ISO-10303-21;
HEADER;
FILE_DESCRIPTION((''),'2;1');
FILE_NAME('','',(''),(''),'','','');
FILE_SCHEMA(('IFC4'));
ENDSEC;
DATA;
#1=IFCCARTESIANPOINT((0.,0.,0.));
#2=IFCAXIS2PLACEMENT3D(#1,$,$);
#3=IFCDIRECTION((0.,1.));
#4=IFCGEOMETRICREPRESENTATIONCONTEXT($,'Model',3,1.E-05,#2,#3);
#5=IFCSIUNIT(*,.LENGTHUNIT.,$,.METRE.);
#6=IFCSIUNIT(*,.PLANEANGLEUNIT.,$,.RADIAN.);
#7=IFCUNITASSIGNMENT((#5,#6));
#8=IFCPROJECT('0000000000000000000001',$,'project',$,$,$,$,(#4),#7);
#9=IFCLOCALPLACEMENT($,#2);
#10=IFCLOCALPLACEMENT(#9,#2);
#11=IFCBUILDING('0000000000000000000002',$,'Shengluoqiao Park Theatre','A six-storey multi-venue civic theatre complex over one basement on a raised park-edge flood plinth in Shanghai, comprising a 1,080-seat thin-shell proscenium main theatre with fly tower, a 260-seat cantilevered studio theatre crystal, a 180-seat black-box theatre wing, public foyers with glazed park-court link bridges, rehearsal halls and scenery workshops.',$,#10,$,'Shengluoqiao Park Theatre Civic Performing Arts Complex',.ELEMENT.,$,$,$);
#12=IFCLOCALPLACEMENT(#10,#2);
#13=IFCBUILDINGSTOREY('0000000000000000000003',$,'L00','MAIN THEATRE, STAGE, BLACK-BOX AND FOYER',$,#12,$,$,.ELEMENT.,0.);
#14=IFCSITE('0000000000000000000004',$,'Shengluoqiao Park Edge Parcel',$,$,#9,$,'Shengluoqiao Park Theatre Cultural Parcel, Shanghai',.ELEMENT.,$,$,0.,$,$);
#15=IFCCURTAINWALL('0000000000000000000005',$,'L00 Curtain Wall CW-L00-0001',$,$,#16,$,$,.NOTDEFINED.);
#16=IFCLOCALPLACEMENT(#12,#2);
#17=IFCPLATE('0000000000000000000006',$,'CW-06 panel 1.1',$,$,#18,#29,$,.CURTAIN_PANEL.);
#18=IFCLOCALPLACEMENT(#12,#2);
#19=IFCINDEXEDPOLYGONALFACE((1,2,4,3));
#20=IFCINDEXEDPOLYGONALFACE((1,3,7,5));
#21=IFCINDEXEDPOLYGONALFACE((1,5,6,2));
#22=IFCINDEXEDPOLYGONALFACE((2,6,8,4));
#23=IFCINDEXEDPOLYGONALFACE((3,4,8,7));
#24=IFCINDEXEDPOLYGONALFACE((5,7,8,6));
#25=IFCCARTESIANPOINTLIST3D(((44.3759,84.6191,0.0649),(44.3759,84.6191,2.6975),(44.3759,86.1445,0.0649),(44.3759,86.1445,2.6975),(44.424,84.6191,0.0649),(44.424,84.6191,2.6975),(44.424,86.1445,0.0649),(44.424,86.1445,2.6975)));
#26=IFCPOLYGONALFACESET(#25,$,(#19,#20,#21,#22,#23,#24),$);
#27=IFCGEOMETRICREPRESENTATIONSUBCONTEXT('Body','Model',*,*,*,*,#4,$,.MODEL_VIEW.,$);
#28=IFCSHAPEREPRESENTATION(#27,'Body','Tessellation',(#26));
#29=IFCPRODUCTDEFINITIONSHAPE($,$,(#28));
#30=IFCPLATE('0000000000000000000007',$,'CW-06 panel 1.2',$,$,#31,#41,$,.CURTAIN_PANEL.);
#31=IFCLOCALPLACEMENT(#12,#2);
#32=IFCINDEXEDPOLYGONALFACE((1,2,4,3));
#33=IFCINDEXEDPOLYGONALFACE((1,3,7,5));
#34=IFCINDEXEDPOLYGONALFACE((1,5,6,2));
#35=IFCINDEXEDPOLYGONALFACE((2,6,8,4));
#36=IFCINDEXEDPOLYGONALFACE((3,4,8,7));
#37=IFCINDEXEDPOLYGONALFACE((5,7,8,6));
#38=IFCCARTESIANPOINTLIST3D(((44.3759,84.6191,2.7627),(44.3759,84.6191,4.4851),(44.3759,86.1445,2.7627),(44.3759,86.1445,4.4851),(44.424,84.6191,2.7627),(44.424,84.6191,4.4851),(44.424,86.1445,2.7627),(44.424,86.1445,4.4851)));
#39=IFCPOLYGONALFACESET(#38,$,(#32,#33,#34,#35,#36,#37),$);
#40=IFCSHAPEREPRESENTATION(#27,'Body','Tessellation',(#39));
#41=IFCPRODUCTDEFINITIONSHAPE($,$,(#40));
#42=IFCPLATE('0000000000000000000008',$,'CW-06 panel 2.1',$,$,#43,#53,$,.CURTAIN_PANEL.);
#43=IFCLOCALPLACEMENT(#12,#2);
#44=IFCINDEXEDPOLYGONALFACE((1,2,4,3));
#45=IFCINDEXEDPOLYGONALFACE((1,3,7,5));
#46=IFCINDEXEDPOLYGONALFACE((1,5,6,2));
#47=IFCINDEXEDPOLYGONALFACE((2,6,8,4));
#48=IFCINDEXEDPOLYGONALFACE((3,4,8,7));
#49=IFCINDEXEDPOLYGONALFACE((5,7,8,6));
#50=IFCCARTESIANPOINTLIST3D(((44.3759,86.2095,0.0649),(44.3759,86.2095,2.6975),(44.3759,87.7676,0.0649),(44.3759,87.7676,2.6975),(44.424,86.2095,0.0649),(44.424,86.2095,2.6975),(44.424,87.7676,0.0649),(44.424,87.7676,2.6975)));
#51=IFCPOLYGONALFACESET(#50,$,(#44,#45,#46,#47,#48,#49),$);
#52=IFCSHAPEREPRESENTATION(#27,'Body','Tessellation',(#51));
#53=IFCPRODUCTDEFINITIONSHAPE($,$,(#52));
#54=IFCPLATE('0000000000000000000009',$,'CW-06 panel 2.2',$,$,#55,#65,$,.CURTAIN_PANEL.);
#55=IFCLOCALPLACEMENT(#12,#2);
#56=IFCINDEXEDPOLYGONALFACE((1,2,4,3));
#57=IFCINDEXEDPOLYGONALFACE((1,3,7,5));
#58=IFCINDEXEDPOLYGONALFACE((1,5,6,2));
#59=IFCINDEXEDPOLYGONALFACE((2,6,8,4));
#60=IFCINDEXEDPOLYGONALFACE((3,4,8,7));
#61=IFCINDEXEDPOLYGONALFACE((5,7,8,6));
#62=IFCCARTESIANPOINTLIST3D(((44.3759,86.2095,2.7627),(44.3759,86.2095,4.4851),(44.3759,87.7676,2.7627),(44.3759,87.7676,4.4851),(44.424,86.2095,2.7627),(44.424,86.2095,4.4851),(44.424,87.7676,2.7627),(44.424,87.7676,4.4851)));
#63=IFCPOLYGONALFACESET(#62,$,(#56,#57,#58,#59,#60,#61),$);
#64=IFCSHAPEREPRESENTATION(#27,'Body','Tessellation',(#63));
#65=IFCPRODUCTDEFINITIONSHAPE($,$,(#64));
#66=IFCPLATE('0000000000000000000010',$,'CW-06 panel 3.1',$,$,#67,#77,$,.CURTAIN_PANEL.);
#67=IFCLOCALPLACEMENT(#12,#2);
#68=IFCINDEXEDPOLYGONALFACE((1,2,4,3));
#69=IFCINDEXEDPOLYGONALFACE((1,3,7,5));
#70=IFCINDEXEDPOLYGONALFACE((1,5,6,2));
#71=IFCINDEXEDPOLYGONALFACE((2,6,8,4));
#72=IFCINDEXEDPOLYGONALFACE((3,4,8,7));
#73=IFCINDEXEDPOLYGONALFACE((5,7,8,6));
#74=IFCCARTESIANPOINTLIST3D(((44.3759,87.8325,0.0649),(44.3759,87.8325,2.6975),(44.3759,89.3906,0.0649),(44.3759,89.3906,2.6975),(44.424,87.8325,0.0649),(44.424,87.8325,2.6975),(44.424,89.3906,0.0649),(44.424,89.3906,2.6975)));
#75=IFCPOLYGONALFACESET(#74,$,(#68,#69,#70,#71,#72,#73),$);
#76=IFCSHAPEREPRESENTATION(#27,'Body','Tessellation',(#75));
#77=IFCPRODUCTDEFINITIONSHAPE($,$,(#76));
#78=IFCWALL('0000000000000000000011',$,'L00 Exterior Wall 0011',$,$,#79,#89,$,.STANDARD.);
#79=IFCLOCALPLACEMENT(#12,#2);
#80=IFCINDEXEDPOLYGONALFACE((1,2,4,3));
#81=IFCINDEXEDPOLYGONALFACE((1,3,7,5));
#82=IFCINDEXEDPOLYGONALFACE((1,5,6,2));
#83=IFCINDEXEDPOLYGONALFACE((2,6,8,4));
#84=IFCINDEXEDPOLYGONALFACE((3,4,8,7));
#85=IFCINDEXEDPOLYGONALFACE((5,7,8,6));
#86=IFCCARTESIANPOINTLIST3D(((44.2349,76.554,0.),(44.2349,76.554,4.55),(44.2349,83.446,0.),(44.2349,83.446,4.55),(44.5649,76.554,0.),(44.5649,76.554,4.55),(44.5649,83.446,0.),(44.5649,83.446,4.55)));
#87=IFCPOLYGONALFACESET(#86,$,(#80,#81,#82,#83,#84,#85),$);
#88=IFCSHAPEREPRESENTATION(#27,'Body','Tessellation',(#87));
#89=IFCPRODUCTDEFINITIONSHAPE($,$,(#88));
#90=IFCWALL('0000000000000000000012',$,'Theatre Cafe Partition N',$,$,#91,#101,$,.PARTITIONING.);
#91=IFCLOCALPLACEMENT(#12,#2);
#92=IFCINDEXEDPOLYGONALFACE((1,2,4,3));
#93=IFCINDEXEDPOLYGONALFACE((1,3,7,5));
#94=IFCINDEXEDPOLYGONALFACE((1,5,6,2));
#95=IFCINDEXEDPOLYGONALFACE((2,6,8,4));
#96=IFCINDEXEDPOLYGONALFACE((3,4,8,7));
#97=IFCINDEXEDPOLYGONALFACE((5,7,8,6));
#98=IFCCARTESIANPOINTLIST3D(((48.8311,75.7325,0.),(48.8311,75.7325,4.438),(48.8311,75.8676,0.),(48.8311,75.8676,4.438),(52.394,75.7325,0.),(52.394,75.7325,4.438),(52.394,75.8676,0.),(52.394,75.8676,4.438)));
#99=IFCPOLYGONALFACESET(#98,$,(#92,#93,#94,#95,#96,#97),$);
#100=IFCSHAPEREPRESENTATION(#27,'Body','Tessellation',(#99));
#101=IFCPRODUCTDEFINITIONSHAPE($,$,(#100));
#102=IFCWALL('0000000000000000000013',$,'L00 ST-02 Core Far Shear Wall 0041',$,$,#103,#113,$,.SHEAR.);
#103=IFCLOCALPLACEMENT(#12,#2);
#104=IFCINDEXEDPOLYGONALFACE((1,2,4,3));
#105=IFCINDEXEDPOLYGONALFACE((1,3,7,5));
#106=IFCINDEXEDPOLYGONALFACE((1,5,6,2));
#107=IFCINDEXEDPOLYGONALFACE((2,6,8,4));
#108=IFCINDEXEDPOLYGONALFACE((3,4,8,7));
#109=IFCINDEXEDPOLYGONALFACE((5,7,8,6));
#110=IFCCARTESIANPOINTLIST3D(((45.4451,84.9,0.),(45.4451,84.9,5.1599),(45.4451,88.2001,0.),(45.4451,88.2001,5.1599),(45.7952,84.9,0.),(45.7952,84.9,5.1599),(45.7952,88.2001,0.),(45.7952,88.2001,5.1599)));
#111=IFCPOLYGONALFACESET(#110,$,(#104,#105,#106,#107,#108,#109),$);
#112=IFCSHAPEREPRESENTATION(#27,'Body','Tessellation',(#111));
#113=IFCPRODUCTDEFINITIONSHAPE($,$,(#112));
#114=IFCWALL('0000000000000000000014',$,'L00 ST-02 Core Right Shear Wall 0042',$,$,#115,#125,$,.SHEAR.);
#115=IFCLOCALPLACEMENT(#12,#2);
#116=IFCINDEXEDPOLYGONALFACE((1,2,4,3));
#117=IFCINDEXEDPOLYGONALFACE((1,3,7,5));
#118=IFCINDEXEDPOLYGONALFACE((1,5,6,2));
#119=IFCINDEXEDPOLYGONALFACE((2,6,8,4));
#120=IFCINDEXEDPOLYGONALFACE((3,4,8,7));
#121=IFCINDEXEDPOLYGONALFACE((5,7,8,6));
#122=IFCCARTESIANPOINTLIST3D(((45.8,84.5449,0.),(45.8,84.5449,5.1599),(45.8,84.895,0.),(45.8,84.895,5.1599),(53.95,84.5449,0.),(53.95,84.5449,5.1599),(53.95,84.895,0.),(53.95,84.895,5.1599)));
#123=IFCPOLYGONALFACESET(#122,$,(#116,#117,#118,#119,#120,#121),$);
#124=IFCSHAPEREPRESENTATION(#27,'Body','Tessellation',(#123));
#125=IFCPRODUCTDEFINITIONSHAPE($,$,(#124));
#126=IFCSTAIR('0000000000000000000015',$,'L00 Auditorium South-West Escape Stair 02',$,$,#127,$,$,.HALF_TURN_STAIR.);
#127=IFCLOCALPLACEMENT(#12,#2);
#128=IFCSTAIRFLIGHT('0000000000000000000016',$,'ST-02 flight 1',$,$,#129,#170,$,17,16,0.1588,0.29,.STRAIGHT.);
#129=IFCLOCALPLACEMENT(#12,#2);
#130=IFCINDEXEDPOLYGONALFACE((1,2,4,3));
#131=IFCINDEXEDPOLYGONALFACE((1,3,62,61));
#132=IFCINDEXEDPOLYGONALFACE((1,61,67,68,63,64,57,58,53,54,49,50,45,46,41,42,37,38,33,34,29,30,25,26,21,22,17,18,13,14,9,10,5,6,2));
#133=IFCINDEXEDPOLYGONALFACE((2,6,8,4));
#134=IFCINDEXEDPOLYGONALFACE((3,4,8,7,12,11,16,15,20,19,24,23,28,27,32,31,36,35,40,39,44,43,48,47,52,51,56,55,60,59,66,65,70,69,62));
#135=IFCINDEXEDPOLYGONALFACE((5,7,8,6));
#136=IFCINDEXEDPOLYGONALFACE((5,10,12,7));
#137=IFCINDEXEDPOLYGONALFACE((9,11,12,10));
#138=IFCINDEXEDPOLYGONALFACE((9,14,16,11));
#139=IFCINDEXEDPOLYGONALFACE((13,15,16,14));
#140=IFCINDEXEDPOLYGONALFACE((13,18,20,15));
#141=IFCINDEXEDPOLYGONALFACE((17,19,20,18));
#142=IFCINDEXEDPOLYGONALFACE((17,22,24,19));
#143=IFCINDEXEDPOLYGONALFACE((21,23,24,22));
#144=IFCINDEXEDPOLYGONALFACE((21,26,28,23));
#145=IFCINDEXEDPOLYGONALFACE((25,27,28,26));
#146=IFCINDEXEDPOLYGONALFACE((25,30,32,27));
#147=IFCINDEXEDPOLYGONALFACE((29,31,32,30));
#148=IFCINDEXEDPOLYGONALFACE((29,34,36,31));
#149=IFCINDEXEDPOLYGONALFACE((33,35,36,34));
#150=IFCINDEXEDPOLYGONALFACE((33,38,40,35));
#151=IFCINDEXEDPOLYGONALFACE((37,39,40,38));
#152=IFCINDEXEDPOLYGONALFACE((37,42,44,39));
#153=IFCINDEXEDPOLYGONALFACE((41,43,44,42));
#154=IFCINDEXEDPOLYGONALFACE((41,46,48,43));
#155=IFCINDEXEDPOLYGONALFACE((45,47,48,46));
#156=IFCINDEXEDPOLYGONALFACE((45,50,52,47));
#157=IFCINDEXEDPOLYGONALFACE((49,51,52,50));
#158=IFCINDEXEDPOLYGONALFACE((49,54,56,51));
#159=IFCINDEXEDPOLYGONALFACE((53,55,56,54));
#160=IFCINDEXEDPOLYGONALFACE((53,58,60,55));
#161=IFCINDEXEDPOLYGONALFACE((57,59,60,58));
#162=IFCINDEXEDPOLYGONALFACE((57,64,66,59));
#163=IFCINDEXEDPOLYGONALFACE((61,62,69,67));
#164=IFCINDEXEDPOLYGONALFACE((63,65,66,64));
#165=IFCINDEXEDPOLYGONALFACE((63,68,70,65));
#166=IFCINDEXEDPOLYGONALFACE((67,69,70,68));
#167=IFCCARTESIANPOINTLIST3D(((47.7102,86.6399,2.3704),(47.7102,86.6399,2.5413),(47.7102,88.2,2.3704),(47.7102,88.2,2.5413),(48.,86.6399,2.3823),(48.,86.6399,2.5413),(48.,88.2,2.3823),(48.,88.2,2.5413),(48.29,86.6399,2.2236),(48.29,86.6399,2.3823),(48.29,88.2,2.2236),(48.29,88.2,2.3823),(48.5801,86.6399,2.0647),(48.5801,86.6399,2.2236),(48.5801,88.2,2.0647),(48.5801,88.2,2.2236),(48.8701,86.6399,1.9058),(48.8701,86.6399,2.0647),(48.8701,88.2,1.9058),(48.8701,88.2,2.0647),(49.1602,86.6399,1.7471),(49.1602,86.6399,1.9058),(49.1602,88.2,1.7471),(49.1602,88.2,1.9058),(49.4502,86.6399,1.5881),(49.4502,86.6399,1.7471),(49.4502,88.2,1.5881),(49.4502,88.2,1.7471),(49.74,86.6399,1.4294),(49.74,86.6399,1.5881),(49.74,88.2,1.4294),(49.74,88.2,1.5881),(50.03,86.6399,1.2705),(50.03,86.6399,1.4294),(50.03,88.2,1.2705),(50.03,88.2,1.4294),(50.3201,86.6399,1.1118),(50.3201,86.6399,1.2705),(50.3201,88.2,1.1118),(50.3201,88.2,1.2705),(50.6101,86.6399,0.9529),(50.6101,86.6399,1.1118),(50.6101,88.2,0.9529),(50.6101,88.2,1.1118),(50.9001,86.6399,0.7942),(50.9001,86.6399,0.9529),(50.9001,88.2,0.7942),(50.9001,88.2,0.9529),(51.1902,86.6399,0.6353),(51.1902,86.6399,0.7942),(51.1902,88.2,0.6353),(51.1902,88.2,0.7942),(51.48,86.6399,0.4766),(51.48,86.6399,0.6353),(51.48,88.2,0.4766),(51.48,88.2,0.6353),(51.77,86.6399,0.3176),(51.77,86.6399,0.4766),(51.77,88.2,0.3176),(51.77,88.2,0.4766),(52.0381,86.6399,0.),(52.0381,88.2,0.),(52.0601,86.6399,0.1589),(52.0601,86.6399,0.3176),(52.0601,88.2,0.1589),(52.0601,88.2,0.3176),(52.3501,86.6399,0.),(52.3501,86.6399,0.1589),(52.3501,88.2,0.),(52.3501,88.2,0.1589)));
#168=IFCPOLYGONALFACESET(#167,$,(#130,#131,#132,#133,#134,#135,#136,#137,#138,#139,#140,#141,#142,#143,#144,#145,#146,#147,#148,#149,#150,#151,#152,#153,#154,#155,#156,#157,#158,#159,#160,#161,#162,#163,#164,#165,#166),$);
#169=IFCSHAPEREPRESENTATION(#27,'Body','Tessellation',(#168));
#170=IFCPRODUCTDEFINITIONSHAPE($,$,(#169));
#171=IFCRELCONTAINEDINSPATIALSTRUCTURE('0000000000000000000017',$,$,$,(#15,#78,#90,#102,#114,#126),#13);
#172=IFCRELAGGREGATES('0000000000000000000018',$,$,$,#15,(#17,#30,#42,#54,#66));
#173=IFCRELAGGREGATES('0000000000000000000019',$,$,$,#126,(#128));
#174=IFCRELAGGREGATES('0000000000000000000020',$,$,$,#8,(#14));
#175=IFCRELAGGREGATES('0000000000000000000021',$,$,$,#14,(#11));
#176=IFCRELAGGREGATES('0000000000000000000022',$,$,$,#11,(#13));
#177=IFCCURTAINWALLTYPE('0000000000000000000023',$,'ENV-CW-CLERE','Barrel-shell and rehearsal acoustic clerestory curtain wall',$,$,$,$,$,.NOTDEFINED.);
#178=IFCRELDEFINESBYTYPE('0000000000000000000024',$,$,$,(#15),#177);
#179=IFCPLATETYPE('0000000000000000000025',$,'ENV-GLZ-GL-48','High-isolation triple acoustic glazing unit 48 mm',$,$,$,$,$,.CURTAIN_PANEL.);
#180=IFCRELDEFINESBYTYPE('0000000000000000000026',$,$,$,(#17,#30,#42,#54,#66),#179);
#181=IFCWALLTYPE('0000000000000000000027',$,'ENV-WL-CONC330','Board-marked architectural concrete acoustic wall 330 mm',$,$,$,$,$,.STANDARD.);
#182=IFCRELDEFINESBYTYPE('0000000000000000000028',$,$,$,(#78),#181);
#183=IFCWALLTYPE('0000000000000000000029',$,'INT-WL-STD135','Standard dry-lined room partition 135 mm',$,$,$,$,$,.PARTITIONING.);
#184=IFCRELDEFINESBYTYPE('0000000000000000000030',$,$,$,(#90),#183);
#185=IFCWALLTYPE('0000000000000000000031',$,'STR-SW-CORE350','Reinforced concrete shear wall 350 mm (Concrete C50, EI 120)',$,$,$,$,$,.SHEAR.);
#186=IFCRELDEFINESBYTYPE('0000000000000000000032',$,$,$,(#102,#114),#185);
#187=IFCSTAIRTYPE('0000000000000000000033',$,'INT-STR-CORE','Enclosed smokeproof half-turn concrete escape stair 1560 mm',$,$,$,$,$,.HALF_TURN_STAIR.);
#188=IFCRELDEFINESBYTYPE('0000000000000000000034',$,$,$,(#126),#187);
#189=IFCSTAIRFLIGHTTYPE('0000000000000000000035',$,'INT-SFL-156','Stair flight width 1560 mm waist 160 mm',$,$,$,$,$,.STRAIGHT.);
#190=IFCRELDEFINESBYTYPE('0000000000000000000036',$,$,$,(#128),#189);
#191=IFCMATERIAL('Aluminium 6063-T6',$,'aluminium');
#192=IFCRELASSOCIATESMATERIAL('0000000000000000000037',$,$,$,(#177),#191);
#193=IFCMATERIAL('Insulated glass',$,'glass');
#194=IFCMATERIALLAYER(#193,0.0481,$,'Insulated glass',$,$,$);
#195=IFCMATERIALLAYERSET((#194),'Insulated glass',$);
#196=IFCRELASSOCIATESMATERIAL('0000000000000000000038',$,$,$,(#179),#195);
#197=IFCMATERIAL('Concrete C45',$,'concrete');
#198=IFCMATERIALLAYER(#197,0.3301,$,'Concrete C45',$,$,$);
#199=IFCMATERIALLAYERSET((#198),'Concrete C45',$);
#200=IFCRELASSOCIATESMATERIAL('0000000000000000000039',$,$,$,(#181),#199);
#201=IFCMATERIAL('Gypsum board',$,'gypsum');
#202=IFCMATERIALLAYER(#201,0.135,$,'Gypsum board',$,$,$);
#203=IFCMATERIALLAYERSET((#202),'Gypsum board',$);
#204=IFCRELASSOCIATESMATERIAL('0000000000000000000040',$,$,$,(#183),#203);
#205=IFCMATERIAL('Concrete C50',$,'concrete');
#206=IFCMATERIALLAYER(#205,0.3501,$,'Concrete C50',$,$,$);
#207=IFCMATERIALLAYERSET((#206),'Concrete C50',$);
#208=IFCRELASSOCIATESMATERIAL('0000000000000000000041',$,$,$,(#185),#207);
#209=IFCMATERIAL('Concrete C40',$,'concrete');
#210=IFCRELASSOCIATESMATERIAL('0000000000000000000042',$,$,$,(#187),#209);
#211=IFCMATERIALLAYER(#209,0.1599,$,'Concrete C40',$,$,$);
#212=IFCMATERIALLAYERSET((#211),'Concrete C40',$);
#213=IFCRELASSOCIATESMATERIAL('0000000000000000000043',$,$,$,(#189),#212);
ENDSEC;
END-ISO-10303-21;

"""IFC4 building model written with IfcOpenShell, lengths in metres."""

from ifc_helpers import new_model, si_unit, direction, frame, frame_2d, origin, origin_2d, place, context, subcontext, project, spatial, polyline, rectangle, outline, extrude, material, layer, layer_set, type_object, element, aggregate, save


model = new_model("IFC4")

# Units and contexts
model_context = context("Model", 3, precision=1e-05, world=origin(), true_north=direction((0.0, 1.0)))
body_context = subcontext(model_context, "Body", "Model", "MODEL_VIEW")
ifc_project = project(units=[si_unit("LENGTHUNIT", "METRE"), si_unit("PLANEANGLEUNIT", "RADIAN")], contexts=[model_context])

# Site, building, storey
site_placement = place(None, origin())
site = spatial("IfcSite", under=ifc_project, at=site_placement, Name="Shengluoqiao Park Edge Parcel", LongName="Shengluoqiao Park Theatre Cultural Parcel, Shanghai", CompositionType="ELEMENT", RefElevation=0.0)
building_placement = place(site_placement, origin())
building = spatial("IfcBuilding", under=site, at=building_placement, Name="Shengluoqiao Park Theatre", Description="A six-storey multi-venue civic theatre complex over one basement on a raised park-edge flood plinth in Shanghai, comprising a 1,080-seat thin-shell proscenium main theatre with fly tower, a 260-seat cantilevered studio theatre crystal, a 180-seat black-box theatre wing, public foyers with glazed park-court link bridges, rehearsal halls and scenery workshops.", LongName="Shengluoqiao Park Theatre Civic Performing Arts Complex", CompositionType="ELEMENT")
storey_placement = place(building_placement, origin())
storey = spatial("IfcBuildingStorey", under=building, at=storey_placement, Name="L00", Description="MAIN THEATRE, STAGE, BLACK-BOX AND FOYER", CompositionType="ELEMENT", Elevation=0.0)

# Shared definitions
ifc_material_1 = material(Name="Concrete C50", Category="concrete")

# Curtain wall
ifc_material_2 = material(Name="Aluminium 6063-T6", Category="aluminium")
curtain_wall_type = type_object("IfcCurtainWallType", Name="ENV-CW-CLERE", Description="Barrel-shell and rehearsal acoustic clerestory curtain wall", PredefinedType="NOTDEFINED", material=ifc_material_2)
curtain_wall_placement = place(storey_placement, origin())
curtain_wall = element("IfcCurtainWall", 1, at=curtain_wall_placement, inside=storey, type_object=curtain_wall_type, Name="L00 Curtain Wall CW-L00-0001", PredefinedType="NOTDEFINED")

# Plates
ifc_material_3 = material(Name="Insulated glass", Category="glass")
ifc_layer_1 = layer(ifc_material_3, 0.0481, Name="Insulated glass")
ifc_layer_set_1 = layer_set([ifc_layer_1], Name="Insulated glass")
plate_type = type_object("IfcPlateType", Name="ENV-GLZ-GL-48", Description="High-isolation triple acoustic glazing unit 48 mm", PredefinedType="CURTAIN_PANEL", material=ifc_layer_set_1)
plate_1_placement = place(storey_placement, frame((44.3999, 85.3818, 0.0649), z_axis=(0.0, 0.0, 1.0), x_axis=(0.0, 1.0, 0.0)))
plate_1 = element("IfcPlate", 2, at=plate_1_placement, type_object=plate_type, Name="CW-06 panel 1.1", PredefinedType="CURTAIN_PANEL", context=body_context, shape_type="SweptSolid", body=[
    extrude(rectangle(XDim=1.5254, YDim=0.0481, at=origin_2d()), origin(), (0.0, 0.0, 1.0), 2.6326),
])
plate_2_placement = place(storey_placement, frame((44.3999, 85.3818, 2.7627), z_axis=(0.0, 0.0, 1.0), x_axis=(0.0, 1.0, 0.0)))
plate_2 = element("IfcPlate", 3, at=plate_2_placement, type_object=plate_type, Name="CW-06 panel 1.2", PredefinedType="CURTAIN_PANEL", context=body_context, shape_type="SweptSolid", body=[
    extrude(rectangle(XDim=1.5254, YDim=0.0481, at=origin_2d()), origin(), (0.0, 0.0, 1.0), 1.7224),
])
plate_3_placement = place(storey_placement, frame((44.3999, 86.9885, 0.0649), z_axis=(0.0, 0.0, 1.0), x_axis=(0.0, 1.0, 0.0)))
plate_3 = element("IfcPlate", 4, at=plate_3_placement, type_object=plate_type, Name="CW-06 panel 2.1", PredefinedType="CURTAIN_PANEL", context=body_context, shape_type="SweptSolid", body=[
    extrude(rectangle(XDim=1.5581, YDim=0.0481, at=origin_2d()), origin(), (0.0, 0.0, 1.0), 2.6326),
])
plate_4_placement = place(storey_placement, frame((44.3999, 86.9885, 2.7627), z_axis=(0.0, 0.0, 1.0), x_axis=(0.0, 1.0, 0.0)))
plate_4 = element("IfcPlate", 5, at=plate_4_placement, type_object=plate_type, Name="CW-06 panel 2.2", PredefinedType="CURTAIN_PANEL", context=body_context, shape_type="SweptSolid", body=[
    extrude(rectangle(XDim=1.5581, YDim=0.0481, at=origin_2d()), origin(), (0.0, 0.0, 1.0), 1.7224),
])
plate_5_placement = place(storey_placement, frame((44.3999, 88.6116, 0.0649), z_axis=(0.0, 0.0, 1.0), x_axis=(0.0, 1.0, 0.0)))
plate_5 = element("IfcPlate", 6, at=plate_5_placement, type_object=plate_type, Name="CW-06 panel 3.1", PredefinedType="CURTAIN_PANEL", context=body_context, shape_type="SweptSolid", body=[
    extrude(rectangle(XDim=1.5581, YDim=0.0481, at=origin_2d()), origin(), (0.0, 0.0, 1.0), 2.6326),
])
aggregate(curtain_wall, [plate_1, plate_2, plate_3, plate_4, plate_5])

# Walls
ifc_material_4 = material(Name="Concrete C45", Category="concrete")
ifc_layer_2 = layer(ifc_material_4, 0.3301, Name="Concrete C45")
ifc_layer_set_2 = layer_set([ifc_layer_2], Name="Concrete C45")
wall_type_1 = type_object("IfcWallType", Name="ENV-WL-CONC330", Description="Board-marked architectural concrete acoustic wall 330 mm", PredefinedType="STANDARD", material=ifc_layer_set_2)
wall_1_placement = place(storey_placement, frame((44.3999, 76.554, 0.0), z_axis=(0.0, 0.0, 1.0), x_axis=(0.0, 1.0, 0.0)))
element("IfcWall", 7, at=wall_1_placement, inside=storey, type_object=wall_type_1, Name="L00 Exterior Wall 0011", PredefinedType="STANDARD", context=body_context, shape_type="SweptSolid", body=[
    extrude(rectangle(XDim=6.8921, YDim=0.3301, at=frame_2d((3.446, 0.0))), origin(), (0.0, 0.0, 1.0), 4.55),
])
ifc_material_5 = material(Name="Gypsum board", Category="gypsum")
ifc_layer_3 = layer(ifc_material_5, 0.135, Name="Gypsum board")
ifc_layer_set_3 = layer_set([ifc_layer_3], Name="Gypsum board")
wall_type_2 = type_object("IfcWallType", Name="INT-WL-STD135", Description="Standard dry-lined room partition 135 mm", PredefinedType="PARTITIONING", material=ifc_layer_set_3)
wall_2_placement = place(storey_placement, frame((48.8311, 75.8, 0.0), z_axis=(0.0, 0.0, 1.0), x_axis=(1.0, 0.0, 0.0)))
element("IfcWall", 8, at=wall_2_placement, inside=storey, type_object=wall_type_2, Name="Theatre Cafe Partition N", PredefinedType="PARTITIONING", context=body_context, shape_type="SweptSolid", body=[
    extrude(rectangle(XDim=3.563, YDim=0.135, at=frame_2d((1.7815, 0.0))), origin(), (0.0, 0.0, 1.0), 4.438),
])
ifc_layer_4 = layer(ifc_material_1, 0.3501, Name="Concrete C50")
ifc_layer_set_4 = layer_set([ifc_layer_4], Name="Concrete C50")
wall_type_3 = type_object("IfcWallType", Name="STR-SW-CORE350", Description="Reinforced concrete shear wall 350 mm (Concrete C50, EI 120)", PredefinedType="SHEAR", material=ifc_layer_set_4)
wall_3_placement = place(storey_placement, frame((45.6201, 88.2, 0.0), z_axis=(0.0, 0.0, 1.0), x_axis=(0.0, -1.0, 0.0)))
element("IfcWall", 9, at=wall_3_placement, inside=storey, type_object=wall_type_3, Name="L00 ST-02 Core Far Shear Wall 0041", PredefinedType="SHEAR", context=body_context, shape_type="SweptSolid", body=[
    extrude(rectangle(XDim=3.3, YDim=0.3501, at=frame_2d((1.6499, 0.0))), origin(), (0.0, 0.0, 1.0), 5.1599),
])
wall_4_placement = place(storey_placement, frame((45.8, 84.72, 0.0), z_axis=(0.0, 0.0, 1.0), x_axis=(1.0, 0.0, 0.0)))
element("IfcWall", 10, at=wall_4_placement, inside=storey, type_object=wall_type_3, Name="L00 ST-02 Core Right Shear Wall 0042", PredefinedType="SHEAR", context=body_context, shape_type="SweptSolid", body=[
    extrude(rectangle(XDim=8.1499, YDim=0.3501, at=frame_2d((4.075, 0.0))), origin(), (0.0, 0.0, 1.0), 5.1599),
])

# Stair, stair flight
ifc_material_6 = material(Name="Concrete C40", Category="concrete")
stair_type = type_object("IfcStairType", Name="INT-STR-CORE", Description="Enclosed smokeproof half-turn concrete escape stair 1560 mm", PredefinedType="HALF_TURN_STAIR", material=ifc_material_6)
stair_placement = place(storey_placement, origin())
stair = element("IfcStair", 11, at=stair_placement, inside=storey, type_object=stair_type, Name="L00 Auditorium South-West Escape Stair 02", PredefinedType="HALF_TURN_STAIR")
ifc_layer_5 = layer(ifc_material_6, 0.1599, Name="Concrete C40")
ifc_layer_set_5 = layer_set([ifc_layer_5], Name="Concrete C40")
stair_flight_type = type_object("IfcStairFlightType", Name="INT-SFL-156", Description="Stair flight width 1560 mm waist 160 mm", PredefinedType="STRAIGHT", material=ifc_layer_set_5)
stair_flight_1_placement = place(storey_placement, frame((52.3501, 87.4199, 0.0), z_axis=(0.0, 0.0, 1.0), x_axis=(-1.0, 0.0, 0.0)))
stair_flight_1 = element("IfcStairFlight", 12, at=stair_flight_1_placement, type_object=stair_flight_type, Name="ST-02 flight 1", NumberOfRisers=17, NumberOfTreads=16, PredefinedType="STRAIGHT", RiserHeight=0.1588, TreadLength=0.29, context=body_context, shape_type="SweptSolid", body=[
    extrude(outline(polyline([(0.0, 0.0), (0.0, 0.1589), (0.29, 0.1589), (0.29, 0.3176), (0.5801, 0.3176), (0.5801, 0.4766), (0.8701, 0.4766), (0.8701, 0.6353), (1.1599, 0.6353), (1.1599, 0.7942), (1.45, 0.7942), (1.45, 0.9529), (1.74, 0.9529), (1.74, 1.1118), (2.03, 1.1118), (2.03, 1.2705), (2.3201, 1.2705), (2.3201, 1.4294), (2.6101, 1.4294), (2.6101, 1.5881), (2.8999, 1.5881), (2.8999, 1.7471), (3.1899, 1.7471), (3.1899, 1.9058), (3.48, 1.9058), (3.48, 2.0647), (3.77, 2.0647), (3.77, 2.2236), (4.0601, 2.2236), (4.0601, 2.3823), (4.3501, 2.3823), (4.3501, 2.5413), (4.6399, 2.5413), (4.6399, 2.7), (4.6399, 2.3704), (0.312, 0.0), (0.0, 0.0)])), frame((0.0, 0.78, 0.0), z_axis=(0.0, -1.0, 0.0), x_axis=(1.0, 0.0, 0.0)), (0.0, 0.0, 1.0), 1.5601),
])
aggregate(stair, [stair_flight_1])

save(model, "model.ifc")
